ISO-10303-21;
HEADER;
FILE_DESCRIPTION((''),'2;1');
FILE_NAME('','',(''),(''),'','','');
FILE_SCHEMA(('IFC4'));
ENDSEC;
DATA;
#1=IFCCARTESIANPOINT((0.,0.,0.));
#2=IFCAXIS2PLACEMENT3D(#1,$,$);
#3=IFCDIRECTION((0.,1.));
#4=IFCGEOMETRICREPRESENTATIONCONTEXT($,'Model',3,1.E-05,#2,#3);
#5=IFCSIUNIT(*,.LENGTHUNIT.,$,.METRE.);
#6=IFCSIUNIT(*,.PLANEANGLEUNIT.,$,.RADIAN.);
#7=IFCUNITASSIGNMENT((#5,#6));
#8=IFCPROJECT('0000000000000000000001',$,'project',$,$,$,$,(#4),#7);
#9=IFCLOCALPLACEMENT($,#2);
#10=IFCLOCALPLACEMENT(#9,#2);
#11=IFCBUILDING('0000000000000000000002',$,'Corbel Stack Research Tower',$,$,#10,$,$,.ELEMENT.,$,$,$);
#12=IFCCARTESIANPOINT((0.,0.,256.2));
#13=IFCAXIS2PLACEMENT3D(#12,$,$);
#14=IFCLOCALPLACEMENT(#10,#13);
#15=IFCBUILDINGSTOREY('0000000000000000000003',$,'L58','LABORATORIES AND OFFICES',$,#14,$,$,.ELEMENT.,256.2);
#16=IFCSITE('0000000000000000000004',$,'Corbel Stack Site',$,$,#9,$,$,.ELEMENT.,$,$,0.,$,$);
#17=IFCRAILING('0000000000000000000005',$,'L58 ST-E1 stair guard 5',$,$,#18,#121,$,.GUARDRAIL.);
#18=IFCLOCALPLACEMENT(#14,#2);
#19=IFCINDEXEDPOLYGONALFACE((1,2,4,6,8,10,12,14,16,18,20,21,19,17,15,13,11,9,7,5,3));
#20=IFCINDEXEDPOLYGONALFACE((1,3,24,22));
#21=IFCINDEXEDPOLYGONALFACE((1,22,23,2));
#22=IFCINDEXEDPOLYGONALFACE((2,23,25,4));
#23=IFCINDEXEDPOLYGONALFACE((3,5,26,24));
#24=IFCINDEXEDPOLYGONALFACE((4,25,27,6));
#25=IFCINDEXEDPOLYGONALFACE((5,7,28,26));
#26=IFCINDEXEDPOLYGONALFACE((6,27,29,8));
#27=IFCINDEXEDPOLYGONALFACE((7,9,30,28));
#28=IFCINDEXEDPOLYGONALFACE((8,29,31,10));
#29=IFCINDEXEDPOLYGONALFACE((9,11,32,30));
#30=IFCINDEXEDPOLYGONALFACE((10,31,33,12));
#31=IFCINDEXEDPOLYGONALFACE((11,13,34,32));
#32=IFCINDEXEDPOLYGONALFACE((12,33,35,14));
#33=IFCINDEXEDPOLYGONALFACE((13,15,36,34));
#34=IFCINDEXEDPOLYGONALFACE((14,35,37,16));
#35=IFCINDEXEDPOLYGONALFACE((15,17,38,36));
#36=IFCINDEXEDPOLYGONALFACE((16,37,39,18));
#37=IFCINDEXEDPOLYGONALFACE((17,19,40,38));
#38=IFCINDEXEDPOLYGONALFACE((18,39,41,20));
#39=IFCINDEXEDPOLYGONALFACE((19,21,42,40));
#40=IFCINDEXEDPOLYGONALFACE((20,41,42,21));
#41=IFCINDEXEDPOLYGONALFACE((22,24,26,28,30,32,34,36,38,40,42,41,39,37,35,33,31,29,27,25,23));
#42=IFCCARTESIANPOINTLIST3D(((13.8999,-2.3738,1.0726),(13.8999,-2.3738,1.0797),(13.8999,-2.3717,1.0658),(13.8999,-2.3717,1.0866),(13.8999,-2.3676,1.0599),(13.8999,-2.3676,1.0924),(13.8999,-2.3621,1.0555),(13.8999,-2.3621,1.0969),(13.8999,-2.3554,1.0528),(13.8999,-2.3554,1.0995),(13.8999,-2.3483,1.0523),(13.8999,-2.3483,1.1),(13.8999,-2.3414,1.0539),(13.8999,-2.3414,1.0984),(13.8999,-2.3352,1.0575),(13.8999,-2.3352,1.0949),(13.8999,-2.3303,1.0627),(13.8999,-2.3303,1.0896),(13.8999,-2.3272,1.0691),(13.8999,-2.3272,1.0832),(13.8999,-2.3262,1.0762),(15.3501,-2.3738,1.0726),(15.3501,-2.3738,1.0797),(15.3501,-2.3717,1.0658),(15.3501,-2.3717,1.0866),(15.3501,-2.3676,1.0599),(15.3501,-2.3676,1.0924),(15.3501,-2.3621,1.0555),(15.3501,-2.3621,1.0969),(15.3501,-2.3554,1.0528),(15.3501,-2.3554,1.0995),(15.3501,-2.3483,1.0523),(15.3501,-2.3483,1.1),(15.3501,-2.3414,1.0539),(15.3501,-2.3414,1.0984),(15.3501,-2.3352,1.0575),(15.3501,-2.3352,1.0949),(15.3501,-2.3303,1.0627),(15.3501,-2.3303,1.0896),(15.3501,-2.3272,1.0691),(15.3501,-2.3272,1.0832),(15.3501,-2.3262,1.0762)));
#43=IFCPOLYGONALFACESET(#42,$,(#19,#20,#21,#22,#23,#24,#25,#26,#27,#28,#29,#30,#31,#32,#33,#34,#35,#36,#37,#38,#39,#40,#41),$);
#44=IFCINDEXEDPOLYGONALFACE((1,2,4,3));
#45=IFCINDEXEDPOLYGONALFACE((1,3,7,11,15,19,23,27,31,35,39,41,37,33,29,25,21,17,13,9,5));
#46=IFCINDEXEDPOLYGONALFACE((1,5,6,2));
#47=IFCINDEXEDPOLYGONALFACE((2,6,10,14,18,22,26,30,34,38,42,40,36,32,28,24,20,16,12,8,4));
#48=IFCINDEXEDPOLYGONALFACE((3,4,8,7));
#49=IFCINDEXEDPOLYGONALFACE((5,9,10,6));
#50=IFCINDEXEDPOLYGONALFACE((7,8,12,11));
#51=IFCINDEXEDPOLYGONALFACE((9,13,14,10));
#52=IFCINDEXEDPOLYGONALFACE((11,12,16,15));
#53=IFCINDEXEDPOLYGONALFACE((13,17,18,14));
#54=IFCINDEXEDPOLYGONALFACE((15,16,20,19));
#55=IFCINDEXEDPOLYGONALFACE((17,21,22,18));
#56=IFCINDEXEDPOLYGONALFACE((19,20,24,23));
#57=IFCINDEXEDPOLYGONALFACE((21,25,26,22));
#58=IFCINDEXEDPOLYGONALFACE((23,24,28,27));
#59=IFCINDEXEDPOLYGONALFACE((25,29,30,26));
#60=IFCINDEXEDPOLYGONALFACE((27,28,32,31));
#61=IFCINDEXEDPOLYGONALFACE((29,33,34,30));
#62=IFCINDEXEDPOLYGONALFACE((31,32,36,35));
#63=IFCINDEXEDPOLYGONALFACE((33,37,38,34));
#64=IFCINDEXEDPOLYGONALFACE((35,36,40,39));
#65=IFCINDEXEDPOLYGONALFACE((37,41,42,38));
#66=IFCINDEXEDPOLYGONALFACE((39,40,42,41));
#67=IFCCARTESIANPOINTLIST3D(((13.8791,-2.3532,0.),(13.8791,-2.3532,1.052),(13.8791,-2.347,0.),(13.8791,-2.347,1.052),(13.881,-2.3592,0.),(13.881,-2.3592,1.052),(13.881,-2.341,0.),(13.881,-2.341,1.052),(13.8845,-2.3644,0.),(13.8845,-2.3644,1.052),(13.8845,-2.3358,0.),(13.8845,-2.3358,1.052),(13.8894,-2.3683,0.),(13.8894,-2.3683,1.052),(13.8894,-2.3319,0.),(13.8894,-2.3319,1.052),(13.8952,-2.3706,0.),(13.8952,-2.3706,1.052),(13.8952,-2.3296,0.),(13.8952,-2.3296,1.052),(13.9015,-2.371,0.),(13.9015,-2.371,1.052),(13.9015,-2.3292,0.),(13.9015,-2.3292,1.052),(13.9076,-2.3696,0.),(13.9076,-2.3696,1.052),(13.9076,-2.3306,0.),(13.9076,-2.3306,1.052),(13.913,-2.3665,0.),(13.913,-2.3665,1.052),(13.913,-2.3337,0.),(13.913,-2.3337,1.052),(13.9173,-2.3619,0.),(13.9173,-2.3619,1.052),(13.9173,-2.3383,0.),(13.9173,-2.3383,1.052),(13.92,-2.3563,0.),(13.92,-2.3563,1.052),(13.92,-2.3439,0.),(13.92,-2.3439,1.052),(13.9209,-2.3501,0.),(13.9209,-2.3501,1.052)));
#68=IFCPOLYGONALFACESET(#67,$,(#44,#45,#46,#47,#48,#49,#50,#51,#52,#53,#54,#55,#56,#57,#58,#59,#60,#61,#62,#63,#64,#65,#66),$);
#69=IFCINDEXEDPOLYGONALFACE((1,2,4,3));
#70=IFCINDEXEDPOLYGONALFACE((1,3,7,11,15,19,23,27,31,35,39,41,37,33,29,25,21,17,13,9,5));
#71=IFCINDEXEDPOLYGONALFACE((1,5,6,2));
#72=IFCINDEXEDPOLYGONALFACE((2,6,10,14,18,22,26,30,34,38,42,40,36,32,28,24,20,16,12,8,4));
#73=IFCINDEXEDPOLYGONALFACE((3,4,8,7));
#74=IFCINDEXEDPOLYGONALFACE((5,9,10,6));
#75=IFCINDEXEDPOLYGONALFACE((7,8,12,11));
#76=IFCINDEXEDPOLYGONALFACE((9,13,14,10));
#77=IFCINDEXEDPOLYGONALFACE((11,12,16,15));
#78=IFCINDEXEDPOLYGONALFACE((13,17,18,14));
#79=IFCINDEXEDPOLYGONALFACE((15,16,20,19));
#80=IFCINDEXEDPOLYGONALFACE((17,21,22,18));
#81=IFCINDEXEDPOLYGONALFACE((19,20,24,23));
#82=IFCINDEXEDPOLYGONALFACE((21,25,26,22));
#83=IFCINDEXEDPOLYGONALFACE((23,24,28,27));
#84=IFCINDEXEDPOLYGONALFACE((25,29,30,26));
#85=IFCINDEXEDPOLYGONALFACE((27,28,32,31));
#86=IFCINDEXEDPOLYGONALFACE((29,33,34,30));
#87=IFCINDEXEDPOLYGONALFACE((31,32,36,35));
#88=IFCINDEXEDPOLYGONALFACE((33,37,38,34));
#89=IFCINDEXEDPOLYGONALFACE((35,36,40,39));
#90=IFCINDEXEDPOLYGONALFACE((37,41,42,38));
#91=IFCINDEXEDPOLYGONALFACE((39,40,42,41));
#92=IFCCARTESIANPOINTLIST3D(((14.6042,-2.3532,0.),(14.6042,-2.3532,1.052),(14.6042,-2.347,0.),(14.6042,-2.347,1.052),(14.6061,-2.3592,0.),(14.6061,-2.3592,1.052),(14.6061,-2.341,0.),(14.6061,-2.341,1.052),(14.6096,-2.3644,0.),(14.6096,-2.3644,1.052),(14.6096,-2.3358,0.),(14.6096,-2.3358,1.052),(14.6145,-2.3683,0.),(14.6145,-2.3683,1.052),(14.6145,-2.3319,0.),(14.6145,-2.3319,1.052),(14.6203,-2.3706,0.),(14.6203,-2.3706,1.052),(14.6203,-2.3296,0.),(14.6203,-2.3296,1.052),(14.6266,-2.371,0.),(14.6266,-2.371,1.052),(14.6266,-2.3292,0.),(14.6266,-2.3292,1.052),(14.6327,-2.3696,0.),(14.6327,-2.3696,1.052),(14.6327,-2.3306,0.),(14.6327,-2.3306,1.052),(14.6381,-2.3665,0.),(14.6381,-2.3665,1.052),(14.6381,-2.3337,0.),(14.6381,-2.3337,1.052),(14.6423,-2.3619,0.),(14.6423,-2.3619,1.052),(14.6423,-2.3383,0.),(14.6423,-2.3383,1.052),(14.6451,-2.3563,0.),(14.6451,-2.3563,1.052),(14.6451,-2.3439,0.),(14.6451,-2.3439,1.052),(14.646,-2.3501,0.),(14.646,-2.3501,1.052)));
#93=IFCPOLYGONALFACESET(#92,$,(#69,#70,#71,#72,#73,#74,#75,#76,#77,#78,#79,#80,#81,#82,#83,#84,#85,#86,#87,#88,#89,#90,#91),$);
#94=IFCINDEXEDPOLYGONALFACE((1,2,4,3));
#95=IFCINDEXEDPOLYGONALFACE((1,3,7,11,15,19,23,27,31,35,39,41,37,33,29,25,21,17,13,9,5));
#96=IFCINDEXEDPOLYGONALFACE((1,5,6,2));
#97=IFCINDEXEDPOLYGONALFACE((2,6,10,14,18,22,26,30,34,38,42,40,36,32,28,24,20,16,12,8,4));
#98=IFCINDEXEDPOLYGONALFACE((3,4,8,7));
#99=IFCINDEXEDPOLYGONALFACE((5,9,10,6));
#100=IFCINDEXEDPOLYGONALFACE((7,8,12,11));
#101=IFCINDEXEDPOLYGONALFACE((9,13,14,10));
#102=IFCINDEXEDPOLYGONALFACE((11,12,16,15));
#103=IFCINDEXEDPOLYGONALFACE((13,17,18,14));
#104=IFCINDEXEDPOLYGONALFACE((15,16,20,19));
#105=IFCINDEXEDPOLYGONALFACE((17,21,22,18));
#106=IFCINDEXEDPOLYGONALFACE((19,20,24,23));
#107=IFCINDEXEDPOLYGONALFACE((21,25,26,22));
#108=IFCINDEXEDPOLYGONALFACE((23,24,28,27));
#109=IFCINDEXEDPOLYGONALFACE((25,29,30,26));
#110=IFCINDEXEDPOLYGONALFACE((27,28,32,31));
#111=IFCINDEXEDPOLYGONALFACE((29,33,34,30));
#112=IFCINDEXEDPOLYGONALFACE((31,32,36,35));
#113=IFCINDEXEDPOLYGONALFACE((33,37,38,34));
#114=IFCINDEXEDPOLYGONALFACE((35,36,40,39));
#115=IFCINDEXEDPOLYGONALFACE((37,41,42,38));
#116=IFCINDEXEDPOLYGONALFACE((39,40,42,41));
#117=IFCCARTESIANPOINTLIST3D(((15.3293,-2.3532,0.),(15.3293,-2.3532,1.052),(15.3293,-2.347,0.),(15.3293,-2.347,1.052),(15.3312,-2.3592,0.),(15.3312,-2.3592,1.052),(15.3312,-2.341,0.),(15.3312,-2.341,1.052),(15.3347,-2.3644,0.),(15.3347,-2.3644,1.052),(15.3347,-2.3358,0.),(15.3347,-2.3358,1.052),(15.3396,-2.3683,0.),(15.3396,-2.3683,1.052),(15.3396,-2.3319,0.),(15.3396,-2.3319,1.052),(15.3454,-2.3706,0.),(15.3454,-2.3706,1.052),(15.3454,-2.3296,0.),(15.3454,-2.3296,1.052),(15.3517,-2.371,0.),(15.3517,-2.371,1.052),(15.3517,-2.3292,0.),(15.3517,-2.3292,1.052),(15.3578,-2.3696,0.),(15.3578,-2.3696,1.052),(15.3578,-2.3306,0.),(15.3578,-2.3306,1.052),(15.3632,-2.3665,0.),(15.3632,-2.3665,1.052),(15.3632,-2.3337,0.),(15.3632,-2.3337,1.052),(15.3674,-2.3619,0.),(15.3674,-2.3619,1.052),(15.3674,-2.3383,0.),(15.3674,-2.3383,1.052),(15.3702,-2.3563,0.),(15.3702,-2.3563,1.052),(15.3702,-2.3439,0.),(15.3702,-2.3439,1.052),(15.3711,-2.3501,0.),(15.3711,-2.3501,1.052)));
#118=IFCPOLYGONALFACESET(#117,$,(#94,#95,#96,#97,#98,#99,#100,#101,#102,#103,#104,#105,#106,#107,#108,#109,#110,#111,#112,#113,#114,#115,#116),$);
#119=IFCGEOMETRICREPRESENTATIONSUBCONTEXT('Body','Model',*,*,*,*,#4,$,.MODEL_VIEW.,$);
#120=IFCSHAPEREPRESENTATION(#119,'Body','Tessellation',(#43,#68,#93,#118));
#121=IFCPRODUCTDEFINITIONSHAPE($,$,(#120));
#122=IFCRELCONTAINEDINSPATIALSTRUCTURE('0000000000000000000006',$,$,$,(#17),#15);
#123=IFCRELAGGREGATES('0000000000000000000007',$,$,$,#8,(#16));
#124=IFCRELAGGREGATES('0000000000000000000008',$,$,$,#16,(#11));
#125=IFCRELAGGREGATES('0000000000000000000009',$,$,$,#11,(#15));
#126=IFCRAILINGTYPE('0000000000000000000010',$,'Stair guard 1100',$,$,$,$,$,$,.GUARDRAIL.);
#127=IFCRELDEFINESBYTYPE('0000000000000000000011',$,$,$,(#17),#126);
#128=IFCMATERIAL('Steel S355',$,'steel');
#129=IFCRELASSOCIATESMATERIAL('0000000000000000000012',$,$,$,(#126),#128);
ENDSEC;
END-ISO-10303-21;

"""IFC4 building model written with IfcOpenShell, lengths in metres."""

from ifc_helpers import new_model, si_unit, direction, frame, origin, origin_2d, place, context, subcontext, project, spatial, circle, extrude, material, type_object, element, save


model = new_model("IFC4")

# Units and contexts
model_context = context("Model", 3, precision=1e-05, world=origin(), true_north=direction((0.0, 1.0)))
body_context = subcontext(model_context, "Body", "Model", "MODEL_VIEW")
ifc_project = project(units=[si_unit("LENGTHUNIT", "METRE"), si_unit("PLANEANGLEUNIT", "RADIAN")], contexts=[model_context])

# Site, building, storey
site_placement = place(None, origin())
site = spatial("IfcSite", under=ifc_project, at=site_placement, Name="Corbel Stack Site", CompositionType="ELEMENT", RefElevation=0.0)
building_placement = place(site_placement, origin())
building = spatial("IfcBuilding", under=site, at=building_placement, Name="Corbel Stack Research Tower", CompositionType="ELEMENT")
storey_placement = place(building_placement, frame((0.0, 0.0, 256.2)))
storey = spatial("IfcBuildingStorey", under=building, at=storey_placement, Name="L58", Description="LABORATORIES AND OFFICES", CompositionType="ELEMENT", Elevation=256.2)

# Railing
ifc_material_1 = material(Name="Steel S355", Category="steel")
railing_type_1 = type_object("IfcRailingType", Name="Stair guard 1100", PredefinedType="GUARDRAIL", material=ifc_material_1)
railing_1_placement = place(storey_placement, frame((13.8999, -2.3501, 0.0)))
element("IfcRailing", 1, at=railing_1_placement, inside=storey, type_object=railing_type_1, Name="L58 ST-E1 stair guard 5", PredefinedType="GUARDRAIL", context=body_context, shape_type="SweptSolid", body=[
    extrude(circle(Radius=0.0239, at=origin_2d()), frame((0.0, 0.0, 1.0762), z_axis=(1.0, 0.0, 0.0), x_axis=(0.0, 1.0, 0.0)), (0.0, 0.0, 1.0), 1.4502),
    extrude(circle(Radius=0.021, at=origin_2d()), origin(), (0.0, 0.0, 1.0), 1.052),
    extrude(circle(Radius=0.021, at=origin_2d()), frame((0.7251, 0.0, 0.0)), (0.0, 0.0, 1.0), 1.052),
    extrude(circle(Radius=0.021, at=origin_2d()), frame((1.4502, 0.0, 0.0)), (0.0, 0.0, 1.0), 1.052),
])

save(model, "model.ifc")
